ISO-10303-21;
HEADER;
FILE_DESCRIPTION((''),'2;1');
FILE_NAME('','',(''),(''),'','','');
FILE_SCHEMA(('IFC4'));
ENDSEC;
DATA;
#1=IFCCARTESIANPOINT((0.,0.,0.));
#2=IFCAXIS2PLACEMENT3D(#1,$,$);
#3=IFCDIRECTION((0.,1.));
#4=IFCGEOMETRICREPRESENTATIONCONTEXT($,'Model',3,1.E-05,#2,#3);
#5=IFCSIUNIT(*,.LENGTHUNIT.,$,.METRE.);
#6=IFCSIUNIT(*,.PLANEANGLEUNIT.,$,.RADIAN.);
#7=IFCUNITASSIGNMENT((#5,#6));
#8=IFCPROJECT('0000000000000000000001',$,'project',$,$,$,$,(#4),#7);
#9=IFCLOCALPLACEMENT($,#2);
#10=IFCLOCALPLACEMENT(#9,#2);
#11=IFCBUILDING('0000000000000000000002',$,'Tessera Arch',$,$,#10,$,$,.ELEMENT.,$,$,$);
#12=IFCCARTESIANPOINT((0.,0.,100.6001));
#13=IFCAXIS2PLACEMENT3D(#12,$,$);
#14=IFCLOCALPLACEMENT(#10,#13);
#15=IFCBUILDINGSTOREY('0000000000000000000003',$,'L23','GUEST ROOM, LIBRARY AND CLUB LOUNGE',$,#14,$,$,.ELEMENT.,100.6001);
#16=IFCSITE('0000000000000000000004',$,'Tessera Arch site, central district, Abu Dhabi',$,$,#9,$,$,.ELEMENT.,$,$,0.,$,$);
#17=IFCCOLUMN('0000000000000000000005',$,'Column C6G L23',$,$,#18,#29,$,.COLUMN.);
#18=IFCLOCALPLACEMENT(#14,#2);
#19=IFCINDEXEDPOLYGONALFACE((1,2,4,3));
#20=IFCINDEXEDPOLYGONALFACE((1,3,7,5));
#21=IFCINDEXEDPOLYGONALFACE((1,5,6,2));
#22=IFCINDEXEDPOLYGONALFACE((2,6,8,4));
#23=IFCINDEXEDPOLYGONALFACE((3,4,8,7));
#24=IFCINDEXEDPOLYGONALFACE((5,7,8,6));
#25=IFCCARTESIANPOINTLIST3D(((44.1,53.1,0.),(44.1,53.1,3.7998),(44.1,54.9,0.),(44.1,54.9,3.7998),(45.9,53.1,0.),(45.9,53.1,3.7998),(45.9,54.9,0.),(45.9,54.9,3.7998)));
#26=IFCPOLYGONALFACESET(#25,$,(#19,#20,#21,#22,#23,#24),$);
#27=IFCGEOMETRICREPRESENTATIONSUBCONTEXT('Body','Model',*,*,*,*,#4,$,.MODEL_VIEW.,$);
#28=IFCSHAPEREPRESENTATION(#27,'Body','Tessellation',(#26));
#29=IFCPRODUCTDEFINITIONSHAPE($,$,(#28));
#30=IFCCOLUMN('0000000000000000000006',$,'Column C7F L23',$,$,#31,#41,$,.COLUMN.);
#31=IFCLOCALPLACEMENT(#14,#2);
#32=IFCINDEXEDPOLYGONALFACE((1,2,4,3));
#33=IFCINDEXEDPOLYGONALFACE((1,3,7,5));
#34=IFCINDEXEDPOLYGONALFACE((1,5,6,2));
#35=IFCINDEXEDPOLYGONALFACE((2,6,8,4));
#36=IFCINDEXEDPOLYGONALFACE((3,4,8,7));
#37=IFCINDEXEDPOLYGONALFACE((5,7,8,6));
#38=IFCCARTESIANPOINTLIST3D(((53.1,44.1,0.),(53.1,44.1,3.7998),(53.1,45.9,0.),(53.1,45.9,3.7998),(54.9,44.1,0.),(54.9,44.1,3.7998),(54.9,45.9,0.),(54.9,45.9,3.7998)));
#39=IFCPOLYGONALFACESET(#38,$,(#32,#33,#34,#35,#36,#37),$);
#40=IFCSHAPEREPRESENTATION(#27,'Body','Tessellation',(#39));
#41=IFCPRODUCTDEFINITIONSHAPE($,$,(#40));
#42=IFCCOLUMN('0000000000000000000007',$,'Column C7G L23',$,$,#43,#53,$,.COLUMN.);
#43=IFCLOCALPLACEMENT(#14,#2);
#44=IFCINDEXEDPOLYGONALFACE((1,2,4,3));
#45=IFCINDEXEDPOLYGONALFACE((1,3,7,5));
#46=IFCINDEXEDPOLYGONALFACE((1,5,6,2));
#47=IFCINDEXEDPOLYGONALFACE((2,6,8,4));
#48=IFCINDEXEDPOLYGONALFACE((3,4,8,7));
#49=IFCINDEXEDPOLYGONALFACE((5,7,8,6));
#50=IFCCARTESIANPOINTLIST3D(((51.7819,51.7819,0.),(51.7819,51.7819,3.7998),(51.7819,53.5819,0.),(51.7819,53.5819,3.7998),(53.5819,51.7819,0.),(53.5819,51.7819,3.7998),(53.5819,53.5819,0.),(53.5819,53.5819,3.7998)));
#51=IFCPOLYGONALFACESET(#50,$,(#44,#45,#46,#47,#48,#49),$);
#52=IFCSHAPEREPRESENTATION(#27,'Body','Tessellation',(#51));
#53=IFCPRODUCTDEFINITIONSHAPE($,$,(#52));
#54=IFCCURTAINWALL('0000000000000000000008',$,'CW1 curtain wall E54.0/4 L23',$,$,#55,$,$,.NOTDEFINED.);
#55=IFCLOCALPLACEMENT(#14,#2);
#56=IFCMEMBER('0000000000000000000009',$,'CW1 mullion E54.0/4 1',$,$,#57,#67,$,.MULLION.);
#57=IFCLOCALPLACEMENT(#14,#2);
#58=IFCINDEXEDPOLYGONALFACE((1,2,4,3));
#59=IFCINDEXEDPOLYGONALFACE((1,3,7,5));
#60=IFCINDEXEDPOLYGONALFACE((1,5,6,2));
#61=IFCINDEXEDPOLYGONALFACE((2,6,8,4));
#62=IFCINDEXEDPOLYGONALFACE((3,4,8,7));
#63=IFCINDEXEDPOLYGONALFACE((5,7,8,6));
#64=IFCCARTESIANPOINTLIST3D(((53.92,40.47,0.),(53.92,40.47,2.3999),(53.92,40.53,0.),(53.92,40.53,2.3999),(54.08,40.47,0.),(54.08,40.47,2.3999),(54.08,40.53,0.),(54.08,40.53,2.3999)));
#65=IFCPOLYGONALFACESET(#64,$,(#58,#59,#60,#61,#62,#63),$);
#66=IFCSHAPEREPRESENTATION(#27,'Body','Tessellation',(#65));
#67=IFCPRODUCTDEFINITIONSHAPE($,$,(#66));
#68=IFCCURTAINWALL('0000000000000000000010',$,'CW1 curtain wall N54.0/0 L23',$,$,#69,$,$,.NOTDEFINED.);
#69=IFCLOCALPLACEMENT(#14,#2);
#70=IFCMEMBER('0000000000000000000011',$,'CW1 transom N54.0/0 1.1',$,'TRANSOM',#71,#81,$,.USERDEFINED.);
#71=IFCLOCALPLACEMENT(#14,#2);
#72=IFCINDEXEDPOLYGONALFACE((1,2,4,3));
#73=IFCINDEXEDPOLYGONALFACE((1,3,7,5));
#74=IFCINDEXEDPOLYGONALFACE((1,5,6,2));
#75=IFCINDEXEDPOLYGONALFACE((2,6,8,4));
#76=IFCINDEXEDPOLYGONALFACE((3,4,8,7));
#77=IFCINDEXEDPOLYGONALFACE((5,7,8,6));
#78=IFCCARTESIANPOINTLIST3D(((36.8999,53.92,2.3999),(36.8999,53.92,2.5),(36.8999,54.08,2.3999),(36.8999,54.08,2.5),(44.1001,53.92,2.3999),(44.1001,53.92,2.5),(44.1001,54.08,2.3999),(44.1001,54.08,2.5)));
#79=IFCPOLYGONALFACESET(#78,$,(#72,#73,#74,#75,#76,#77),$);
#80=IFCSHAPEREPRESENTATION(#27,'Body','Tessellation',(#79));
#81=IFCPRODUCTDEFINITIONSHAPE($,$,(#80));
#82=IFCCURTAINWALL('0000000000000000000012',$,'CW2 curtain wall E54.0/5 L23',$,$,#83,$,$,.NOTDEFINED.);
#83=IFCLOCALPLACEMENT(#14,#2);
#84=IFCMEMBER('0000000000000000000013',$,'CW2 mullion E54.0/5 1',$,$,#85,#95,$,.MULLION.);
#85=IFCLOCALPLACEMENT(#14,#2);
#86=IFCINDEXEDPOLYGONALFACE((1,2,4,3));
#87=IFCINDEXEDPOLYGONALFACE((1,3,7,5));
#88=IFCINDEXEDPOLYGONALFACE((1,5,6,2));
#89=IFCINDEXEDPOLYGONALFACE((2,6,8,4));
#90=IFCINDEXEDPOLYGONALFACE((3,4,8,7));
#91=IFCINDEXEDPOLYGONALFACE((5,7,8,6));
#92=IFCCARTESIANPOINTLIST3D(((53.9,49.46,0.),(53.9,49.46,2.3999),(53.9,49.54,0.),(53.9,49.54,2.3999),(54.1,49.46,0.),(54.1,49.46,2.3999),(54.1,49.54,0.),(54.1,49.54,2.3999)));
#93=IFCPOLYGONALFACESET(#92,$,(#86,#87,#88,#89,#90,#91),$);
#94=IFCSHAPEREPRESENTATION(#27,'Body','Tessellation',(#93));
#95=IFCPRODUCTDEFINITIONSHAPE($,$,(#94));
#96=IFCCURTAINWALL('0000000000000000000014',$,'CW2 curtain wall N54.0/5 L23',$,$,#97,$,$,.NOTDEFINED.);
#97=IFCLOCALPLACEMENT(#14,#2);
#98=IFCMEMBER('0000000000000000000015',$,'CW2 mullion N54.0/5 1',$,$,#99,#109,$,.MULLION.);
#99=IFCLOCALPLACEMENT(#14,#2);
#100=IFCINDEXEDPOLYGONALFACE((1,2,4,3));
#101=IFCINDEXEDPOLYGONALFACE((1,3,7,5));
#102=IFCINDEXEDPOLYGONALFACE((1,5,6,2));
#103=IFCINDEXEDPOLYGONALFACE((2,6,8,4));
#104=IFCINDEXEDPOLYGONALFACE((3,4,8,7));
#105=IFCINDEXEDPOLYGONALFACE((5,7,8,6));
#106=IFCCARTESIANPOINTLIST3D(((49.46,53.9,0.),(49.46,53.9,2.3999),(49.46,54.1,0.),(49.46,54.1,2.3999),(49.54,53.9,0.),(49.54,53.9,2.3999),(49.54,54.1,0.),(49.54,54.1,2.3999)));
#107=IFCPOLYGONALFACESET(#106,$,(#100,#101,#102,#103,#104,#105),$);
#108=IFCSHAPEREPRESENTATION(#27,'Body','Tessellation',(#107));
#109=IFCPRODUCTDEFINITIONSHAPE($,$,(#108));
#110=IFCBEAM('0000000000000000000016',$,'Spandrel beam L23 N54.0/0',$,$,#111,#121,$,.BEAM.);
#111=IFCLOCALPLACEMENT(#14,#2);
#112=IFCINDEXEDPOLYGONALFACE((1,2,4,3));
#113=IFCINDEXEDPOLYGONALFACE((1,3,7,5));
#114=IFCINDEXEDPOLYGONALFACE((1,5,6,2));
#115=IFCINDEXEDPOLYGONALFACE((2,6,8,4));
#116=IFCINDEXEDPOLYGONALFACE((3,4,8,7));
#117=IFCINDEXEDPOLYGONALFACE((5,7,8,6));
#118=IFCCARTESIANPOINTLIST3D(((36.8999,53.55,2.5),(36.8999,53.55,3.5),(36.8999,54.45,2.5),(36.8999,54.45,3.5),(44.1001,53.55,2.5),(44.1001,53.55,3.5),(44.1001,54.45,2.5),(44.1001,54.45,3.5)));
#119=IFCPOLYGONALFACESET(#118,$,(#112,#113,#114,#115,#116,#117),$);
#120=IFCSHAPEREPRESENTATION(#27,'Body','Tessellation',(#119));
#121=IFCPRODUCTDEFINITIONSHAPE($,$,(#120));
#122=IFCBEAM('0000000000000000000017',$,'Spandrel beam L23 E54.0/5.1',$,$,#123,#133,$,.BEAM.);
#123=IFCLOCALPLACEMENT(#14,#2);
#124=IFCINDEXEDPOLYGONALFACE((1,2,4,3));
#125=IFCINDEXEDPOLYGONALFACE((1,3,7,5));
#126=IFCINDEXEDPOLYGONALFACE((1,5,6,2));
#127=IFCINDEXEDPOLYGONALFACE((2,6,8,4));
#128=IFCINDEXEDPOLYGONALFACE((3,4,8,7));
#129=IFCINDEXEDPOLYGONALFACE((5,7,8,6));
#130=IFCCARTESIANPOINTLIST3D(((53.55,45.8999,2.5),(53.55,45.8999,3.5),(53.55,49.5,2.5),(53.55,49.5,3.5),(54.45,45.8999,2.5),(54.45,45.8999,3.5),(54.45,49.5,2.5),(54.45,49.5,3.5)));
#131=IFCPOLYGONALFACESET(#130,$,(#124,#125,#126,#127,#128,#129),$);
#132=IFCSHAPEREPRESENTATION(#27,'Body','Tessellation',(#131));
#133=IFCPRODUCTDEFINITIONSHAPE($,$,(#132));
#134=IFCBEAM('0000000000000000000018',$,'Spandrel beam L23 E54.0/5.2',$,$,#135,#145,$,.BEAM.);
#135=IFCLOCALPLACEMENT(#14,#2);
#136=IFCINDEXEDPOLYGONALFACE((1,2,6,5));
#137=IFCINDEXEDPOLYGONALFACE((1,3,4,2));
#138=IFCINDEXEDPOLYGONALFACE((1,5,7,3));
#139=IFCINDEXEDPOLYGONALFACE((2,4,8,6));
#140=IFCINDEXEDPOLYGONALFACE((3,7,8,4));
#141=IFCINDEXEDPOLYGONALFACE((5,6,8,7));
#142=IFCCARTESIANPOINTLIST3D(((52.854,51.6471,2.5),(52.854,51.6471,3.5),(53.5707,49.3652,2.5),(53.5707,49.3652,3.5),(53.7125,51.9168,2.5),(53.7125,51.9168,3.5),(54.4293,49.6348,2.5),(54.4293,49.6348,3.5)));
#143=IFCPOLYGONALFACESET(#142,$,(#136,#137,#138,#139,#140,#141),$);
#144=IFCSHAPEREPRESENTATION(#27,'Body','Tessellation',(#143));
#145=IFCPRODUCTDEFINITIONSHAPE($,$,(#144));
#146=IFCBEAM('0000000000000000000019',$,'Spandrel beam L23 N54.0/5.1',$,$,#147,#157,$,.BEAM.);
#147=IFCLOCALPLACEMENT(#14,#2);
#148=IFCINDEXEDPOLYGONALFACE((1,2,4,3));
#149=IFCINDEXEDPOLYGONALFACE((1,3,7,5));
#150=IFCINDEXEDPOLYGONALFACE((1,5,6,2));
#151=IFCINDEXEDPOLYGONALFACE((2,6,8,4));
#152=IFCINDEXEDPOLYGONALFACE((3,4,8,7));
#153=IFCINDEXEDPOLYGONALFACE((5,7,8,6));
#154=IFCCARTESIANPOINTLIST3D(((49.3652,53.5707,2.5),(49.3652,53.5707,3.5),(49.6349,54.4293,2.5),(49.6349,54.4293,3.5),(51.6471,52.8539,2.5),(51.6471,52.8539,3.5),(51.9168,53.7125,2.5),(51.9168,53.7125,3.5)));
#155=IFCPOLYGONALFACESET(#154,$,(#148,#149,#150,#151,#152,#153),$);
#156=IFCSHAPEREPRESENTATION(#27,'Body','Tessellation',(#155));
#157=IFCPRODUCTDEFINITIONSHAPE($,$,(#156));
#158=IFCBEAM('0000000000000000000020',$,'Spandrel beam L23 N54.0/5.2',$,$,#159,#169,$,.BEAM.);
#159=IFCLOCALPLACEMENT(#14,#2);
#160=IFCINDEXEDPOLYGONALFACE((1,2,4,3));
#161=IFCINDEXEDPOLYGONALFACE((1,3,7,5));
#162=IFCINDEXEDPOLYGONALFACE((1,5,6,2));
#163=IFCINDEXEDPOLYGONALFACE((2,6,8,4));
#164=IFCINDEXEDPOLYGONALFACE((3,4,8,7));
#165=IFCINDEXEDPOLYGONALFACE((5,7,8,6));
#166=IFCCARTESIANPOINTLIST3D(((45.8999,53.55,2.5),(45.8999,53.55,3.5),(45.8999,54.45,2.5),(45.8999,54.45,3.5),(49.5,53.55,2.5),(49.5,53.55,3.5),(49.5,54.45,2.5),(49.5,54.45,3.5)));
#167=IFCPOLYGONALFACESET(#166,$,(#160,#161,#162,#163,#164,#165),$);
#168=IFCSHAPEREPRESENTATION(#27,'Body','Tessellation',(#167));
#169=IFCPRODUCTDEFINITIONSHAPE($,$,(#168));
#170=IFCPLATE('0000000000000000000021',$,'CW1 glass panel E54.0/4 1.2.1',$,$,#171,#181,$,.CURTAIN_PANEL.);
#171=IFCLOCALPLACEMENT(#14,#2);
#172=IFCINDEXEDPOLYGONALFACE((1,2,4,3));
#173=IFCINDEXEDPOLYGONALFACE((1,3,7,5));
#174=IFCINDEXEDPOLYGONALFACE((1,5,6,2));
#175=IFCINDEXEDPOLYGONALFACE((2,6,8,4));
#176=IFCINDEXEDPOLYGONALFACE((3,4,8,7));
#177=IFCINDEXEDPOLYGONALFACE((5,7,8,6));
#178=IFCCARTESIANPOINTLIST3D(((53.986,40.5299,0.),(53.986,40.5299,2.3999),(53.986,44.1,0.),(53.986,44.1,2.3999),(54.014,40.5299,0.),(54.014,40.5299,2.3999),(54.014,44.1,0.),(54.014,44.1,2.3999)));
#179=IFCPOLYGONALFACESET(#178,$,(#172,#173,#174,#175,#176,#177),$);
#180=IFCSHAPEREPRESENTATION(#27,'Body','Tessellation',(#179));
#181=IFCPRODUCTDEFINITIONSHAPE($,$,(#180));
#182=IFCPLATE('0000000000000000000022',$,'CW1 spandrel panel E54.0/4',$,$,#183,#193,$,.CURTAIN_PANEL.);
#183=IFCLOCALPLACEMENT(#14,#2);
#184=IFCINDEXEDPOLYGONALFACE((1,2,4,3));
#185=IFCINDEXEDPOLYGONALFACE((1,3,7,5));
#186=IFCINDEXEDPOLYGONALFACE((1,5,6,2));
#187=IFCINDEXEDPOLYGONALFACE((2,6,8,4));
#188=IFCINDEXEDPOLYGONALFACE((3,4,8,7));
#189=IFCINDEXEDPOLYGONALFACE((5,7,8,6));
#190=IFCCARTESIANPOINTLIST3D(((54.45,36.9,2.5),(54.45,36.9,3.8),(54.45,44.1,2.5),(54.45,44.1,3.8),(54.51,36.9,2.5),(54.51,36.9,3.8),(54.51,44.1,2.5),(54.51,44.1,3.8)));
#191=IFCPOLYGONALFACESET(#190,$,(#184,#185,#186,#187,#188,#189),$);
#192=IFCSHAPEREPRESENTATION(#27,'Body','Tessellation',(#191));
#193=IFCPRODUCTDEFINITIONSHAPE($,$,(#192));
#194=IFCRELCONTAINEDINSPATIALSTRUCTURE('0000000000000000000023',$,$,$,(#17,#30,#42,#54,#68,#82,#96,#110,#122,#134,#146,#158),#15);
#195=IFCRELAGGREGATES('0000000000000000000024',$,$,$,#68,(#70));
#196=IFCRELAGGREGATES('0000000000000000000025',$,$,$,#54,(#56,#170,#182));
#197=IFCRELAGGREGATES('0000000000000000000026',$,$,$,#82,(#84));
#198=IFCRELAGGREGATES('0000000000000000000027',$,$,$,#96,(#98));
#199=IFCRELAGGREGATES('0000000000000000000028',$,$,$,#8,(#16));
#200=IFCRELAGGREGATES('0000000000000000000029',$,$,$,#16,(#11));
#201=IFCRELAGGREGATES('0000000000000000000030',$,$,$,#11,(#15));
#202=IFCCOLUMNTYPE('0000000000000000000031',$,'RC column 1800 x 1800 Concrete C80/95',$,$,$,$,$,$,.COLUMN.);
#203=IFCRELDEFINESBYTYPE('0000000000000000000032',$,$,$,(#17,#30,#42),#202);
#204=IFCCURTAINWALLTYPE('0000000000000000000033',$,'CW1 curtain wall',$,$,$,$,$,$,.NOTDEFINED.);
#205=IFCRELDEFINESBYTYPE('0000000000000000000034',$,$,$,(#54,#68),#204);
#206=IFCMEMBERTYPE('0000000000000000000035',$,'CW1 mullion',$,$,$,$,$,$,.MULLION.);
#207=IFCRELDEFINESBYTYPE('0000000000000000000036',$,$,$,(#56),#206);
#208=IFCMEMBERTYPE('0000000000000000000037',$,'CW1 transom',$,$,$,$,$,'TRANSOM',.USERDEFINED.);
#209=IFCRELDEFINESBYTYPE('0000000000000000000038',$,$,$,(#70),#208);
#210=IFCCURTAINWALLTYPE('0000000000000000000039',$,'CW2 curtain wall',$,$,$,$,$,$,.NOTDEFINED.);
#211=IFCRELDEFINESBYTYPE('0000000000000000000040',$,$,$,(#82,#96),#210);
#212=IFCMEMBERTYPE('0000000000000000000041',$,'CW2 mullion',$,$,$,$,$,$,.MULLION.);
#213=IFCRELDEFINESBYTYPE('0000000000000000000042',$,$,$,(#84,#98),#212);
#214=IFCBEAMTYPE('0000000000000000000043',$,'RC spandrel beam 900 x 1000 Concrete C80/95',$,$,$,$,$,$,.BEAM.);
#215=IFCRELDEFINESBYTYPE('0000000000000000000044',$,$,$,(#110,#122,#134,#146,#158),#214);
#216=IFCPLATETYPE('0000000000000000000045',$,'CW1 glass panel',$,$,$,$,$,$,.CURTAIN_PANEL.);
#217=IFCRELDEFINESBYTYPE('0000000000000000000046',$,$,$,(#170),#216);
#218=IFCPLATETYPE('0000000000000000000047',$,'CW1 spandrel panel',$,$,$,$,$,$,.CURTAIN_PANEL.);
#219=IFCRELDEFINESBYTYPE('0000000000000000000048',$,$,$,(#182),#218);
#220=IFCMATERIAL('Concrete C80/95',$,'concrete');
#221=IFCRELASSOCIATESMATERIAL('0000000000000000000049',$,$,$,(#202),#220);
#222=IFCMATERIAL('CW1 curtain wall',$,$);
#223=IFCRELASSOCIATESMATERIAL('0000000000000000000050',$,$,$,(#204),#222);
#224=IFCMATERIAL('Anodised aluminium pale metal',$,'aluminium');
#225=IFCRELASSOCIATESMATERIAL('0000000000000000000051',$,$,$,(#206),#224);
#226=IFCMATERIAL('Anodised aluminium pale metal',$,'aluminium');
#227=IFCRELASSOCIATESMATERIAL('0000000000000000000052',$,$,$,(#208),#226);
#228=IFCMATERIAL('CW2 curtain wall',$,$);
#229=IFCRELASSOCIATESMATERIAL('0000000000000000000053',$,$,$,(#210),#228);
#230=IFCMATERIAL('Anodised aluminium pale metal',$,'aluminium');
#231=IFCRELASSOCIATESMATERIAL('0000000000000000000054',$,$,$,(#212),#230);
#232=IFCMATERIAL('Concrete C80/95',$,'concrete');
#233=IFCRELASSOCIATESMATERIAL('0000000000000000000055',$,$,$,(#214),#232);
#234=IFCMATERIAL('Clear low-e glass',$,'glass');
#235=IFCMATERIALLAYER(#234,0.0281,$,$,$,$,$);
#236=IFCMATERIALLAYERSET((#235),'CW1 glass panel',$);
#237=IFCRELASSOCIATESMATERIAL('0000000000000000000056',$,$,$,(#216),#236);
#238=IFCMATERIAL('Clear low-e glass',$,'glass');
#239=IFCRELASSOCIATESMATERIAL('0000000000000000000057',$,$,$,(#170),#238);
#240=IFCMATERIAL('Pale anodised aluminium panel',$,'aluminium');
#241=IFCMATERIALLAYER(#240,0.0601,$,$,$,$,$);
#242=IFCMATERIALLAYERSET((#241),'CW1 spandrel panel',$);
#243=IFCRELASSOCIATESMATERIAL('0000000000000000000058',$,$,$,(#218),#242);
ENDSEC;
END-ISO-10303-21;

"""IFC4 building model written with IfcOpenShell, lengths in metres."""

from ifc_helpers import new_model, si_unit, direction, frame, origin, origin_2d, place, context, subcontext, project, spatial, rectangle, extrude, material, layer, layer_set, material_profile, profile_set, type_object, element, aggregate, save


model = new_model("IFC4")

# Units and contexts
model_context = context("Model", 3, precision=1e-05, world=origin(), true_north=direction((0.0, 1.0)))
body_context = subcontext(model_context, "Body", "Model", "MODEL_VIEW")
ifc_project = project(units=[si_unit("LENGTHUNIT", "METRE"), si_unit("PLANEANGLEUNIT", "RADIAN")], contexts=[model_context])

# Site, building, storey
site_placement = place(None, origin())
site = spatial("IfcSite", under=ifc_project, at=site_placement, Name="Tessera Arch site, central district, Abu Dhabi", CompositionType="ELEMENT", RefElevation=0.0)
building_placement = place(site_placement, origin())
building = spatial("IfcBuilding", under=site, at=building_placement, Name="Tessera Arch", CompositionType="ELEMENT")
storey_placement = place(building_placement, frame((0.0, 0.0, 100.6001)))
storey = spatial("IfcBuildingStorey", under=building, at=storey_placement, Name="L23", Description="GUEST ROOM, LIBRARY AND CLUB LOUNGE", CompositionType="ELEMENT", Elevation=100.6001)

# Columns
ifc_material_1 = material(Name="Concrete C80/95", Category="concrete")
ifc_material_profile_1 = material_profile(ifc_material_1, rectangle(XDim=1.8, YDim=1.8, at=origin_2d()), Name="RC column 1800 x 1800 Concrete C80/95")
ifc_profile_set_1 = profile_set([ifc_material_profile_1], Name="Concrete C80/95")
column_type = type_object("IfcColumnType", Name="RC column 1800 x 1800 Concrete C80/95", PredefinedType="COLUMN", material=ifc_profile_set_1)
for number, where, z_axis, x_axis, name in (
    (1, (45.0, 54.0, 0.0), (0.0, 0.0, 1.0), (1.0, 0.0, 0.0), "Column C6G L23"),
    (2, (54.0, 45.0, 0.0), (0.0, 0.0, 1.0), (1.0, 0.0, 0.0), "Column C7F L23"),
    (3, (52.6819, 52.6819, 0.0), (0.0, 0.0, 1.0), (1.0, 0.0, 0.0), "Column C7G L23"),
):
    element("IfcColumn", number, at=place(storey_placement, frame(where, z_axis=z_axis, x_axis=x_axis)), inside=storey, type_object=column_type, Name=name, PredefinedType="COLUMN", context=body_context, shape_type="SweptSolid", body=[
        extrude(rectangle(XDim=1.8, YDim=1.8, at=origin_2d()), origin(), (0.0, 0.0, 1.0), 3.7998),
    ])

# Curtain walls, members
ifc_material_2 = material(Name="CW1 curtain wall")
curtain_wall_type_1 = type_object("IfcCurtainWallType", Name="CW1 curtain wall", PredefinedType="NOTDEFINED", material=ifc_material_2)
curtain_wall_1_placement = place(storey_placement, origin())
curtain_wall_1 = element("IfcCurtainWall", 4, at=curtain_wall_1_placement, inside=storey, type_object=curtain_wall_type_1, Name="CW1 curtain wall E54.0/4 L23", PredefinedType="NOTDEFINED")
ifc_material_3 = material(Name="Anodised aluminium pale metal", Category="aluminium")
ifc_material_profile_2 = material_profile(ifc_material_3, rectangle(XDim=0.1599, YDim=0.0601, at=origin_2d()), Name="AL 60x160")
ifc_profile_set_2 = profile_set([ifc_material_profile_2], Name="Anodised aluminium pale metal")
member_type_1 = type_object("IfcMemberType", Name="CW1 mullion", PredefinedType="MULLION", material=ifc_profile_set_2)
member_1_placement = place(storey_placement, frame((54.0, 40.5, 0.0), z_axis=(0.0, 0.0, 1.0), x_axis=(-1.0, 0.0, 0.0)))
member_1 = element("IfcMember", 5, at=member_1_placement, type_object=member_type_1, Name="CW1 mullion E54.0/4 1", PredefinedType="MULLION", context=body_context, shape_type="SweptSolid", body=[
    extrude(rectangle(XDim=0.1599, YDim=0.0601, at=origin_2d()), origin(), (0.0, 0.0, 1.0), 2.3999),
])
curtain_wall_2_placement = place(storey_placement, origin())
curtain_wall_2 = element("IfcCurtainWall", 6, at=curtain_wall_2_placement, inside=storey, type_object=curtain_wall_type_1, Name="CW1 curtain wall N54.0/0 L23", PredefinedType="NOTDEFINED")
ifc_material_4 = material(Name="Anodised aluminium pale metal", Category="aluminium")
ifc_material_profile_3 = material_profile(ifc_material_4, rectangle(XDim=0.1599, YDim=0.1001, at=origin_2d()), Name="AL 160x100")
ifc_profile_set_3 = profile_set([ifc_material_profile_3], Name="Anodised aluminium pale metal")
member_type_2 = type_object("IfcMemberType", Name="CW1 transom", ElementType="TRANSOM", PredefinedType="USERDEFINED", material=ifc_profile_set_3)
member_2_placement = place(storey_placement, frame((44.1001, 54.0, 2.45), z_axis=(-1.0, 0.0, 0.0), x_axis=(0.0, -1.0, 0.0)))
member_2 = element("IfcMember", 7, at=member_2_placement, type_object=member_type_2, Name="CW1 transom N54.0/0 1.1", ObjectType="TRANSOM", PredefinedType="USERDEFINED", context=body_context, shape_type="SweptSolid", body=[
    extrude(rectangle(XDim=0.1599, YDim=0.1001, at=origin_2d()), origin(), (0.0, 0.0, 1.0), 7.2002),
])
aggregate(curtain_wall_2, [member_2])
ifc_material_5 = material(Name="CW2 curtain wall")
curtain_wall_type_2 = type_object("IfcCurtainWallType", Name="CW2 curtain wall", PredefinedType="NOTDEFINED", material=ifc_material_5)
curtain_wall_3_placement = place(storey_placement, origin())
curtain_wall_3 = element("IfcCurtainWall", 8, at=curtain_wall_3_placement, inside=storey, type_object=curtain_wall_type_2, Name="CW2 curtain wall E54.0/5 L23", PredefinedType="NOTDEFINED")
ifc_material_6 = material(Name="Anodised aluminium pale metal", Category="aluminium")
ifc_material_profile_4 = material_profile(ifc_material_6, rectangle(XDim=0.2, YDim=0.0801, at=origin_2d()), Name="AL 80x200")
ifc_profile_set_4 = profile_set([ifc_material_profile_4], Name="Anodised aluminium pale metal")
member_type_3 = type_object("IfcMemberType", Name="CW2 mullion", PredefinedType="MULLION", material=ifc_profile_set_4)
member_3_placement = place(storey_placement, frame((54.0, 49.5, 0.0), z_axis=(0.0, 0.0, 1.0), x_axis=(-1.0, 0.0, 0.0)))
member_3 = element("IfcMember", 9, at=member_3_placement, type_object=member_type_3, Name="CW2 mullion E54.0/5 1", PredefinedType="MULLION", context=body_context, shape_type="SweptSolid", body=[
    extrude(rectangle(XDim=0.2, YDim=0.0801, at=origin_2d()), origin(), (0.0, 0.0, 1.0), 2.3999),
])
curtain_wall_4_placement = place(storey_placement, origin())
curtain_wall_4 = element("IfcCurtainWall", 10, at=curtain_wall_4_placement, inside=storey, type_object=curtain_wall_type_2, Name="CW2 curtain wall N54.0/5 L23", PredefinedType="NOTDEFINED")
member_4_placement = place(storey_placement, frame((49.5, 54.0, 0.0), z_axis=(0.0, 0.0, 1.0), x_axis=(0.0, -1.0, 0.0)))
member_4 = element("IfcMember", 11, at=member_4_placement, type_object=member_type_3, Name="CW2 mullion N54.0/5 1", PredefinedType="MULLION", context=body_context, shape_type="SweptSolid", body=[
    extrude(rectangle(XDim=0.2, YDim=0.0801, at=origin_2d()), origin(), (0.0, 0.0, 1.0), 2.3999),
])

# Beams
ifc_material_7 = material(Name="Concrete C80/95", Category="concrete")
ifc_material_profile_5 = material_profile(ifc_material_7, rectangle(XDim=0.8999, YDim=1.0, at=origin_2d()), Name="RC spandrel beam 900 x 1000 Concrete C80/95")
ifc_profile_set_5 = profile_set([ifc_material_profile_5], Name="Concrete C80/95")
beam_type = type_object("IfcBeamType", Name="RC spandrel beam 900 x 1000 Concrete C80/95", PredefinedType="BEAM", material=ifc_profile_set_5)
beam_1_placement = place(storey_placement, frame((44.1001, 54.0, 3.0), z_axis=(-1.0, 0.0, 0.0), x_axis=(0.0, -1.0, 0.0)))
element("IfcBeam", 12, at=beam_1_placement, inside=storey, type_object=beam_type, Name="Spandrel beam L23 N54.0/0", PredefinedType="BEAM", context=body_context, shape_type="SweptSolid", body=[
    extrude(rectangle(XDim=0.8999, YDim=1.0, at=origin_2d()), origin(), (0.0, 0.0, 1.0), 7.2002),
])
beam_2_placement = place(storey_placement, frame((54.0, 45.8999, 3.0), z_axis=(0.0, 1.0, 0.0), x_axis=(-1.0, 0.0, 0.0)))
element("IfcBeam", 13, at=beam_2_placement, inside=storey, type_object=beam_type, Name="Spandrel beam L23 E54.0/5.1", PredefinedType="BEAM", context=body_context, shape_type="SweptSolid", body=[
    extrude(rectangle(XDim=0.8999, YDim=1.0, at=origin_2d()), origin(), (0.0, 0.0, 1.0), 3.6001),
])
for number, where, z_axis, x_axis, name in (
    (14, (54.0, 49.5, 3.0), (-0.299675, 0.954041, 0.0), (-0.954041, -0.299675, 0.0), "Spandrel beam L23 E54.0/5.2"),
    (15, (51.782, 53.2832, 3.0), (-0.954041, 0.299675, 0.0), (-0.299675, -0.954041, 0.0), "Spandrel beam L23 N54.0/5.1"),
):
    element("IfcBeam", number, at=place(storey_placement, frame(where, z_axis=z_axis, x_axis=x_axis)), inside=storey, type_object=beam_type, Name=name, PredefinedType="BEAM", context=body_context, shape_type="SweptSolid", body=[
        extrude(rectangle(XDim=0.8999, YDim=1.0, at=origin_2d()), origin(), (0.0, 0.0, 1.0), 2.3918),
    ])
beam_3_placement = place(storey_placement, frame((49.5, 54.0, 3.0), z_axis=(-1.0, 0.0, 0.0), x_axis=(0.0, -1.0, 0.0)))
element("IfcBeam", 16, at=beam_3_placement, inside=storey, type_object=beam_type, Name="Spandrel beam L23 N54.0/5.2", PredefinedType="BEAM", context=body_context, shape_type="SweptSolid", body=[
    extrude(rectangle(XDim=0.8999, YDim=1.0, at=origin_2d()), origin(), (0.0, 0.0, 1.0), 3.6001),
])

# Plates
ifc_material_8 = material(Name="Clear low-e glass", Category="glass")
ifc_material_9 = material(Name="Clear low-e glass", Category="glass")
ifc_layer_1 = layer(ifc_material_9, 0.0281)
ifc_layer_set_1 = layer_set([ifc_layer_1], Name="CW1 glass panel")
plate_type_1 = type_object("IfcPlateType", Name="CW1 glass panel", PredefinedType="CURTAIN_PANEL", material=ifc_layer_set_1)
plate_1_placement = place(storey_placement, frame((54.0, 42.3149, 0.0), z_axis=(0.0, 0.0, 1.0), x_axis=(0.0, 1.0, 0.0)))
plate_1 = element("IfcPlate", 17, at=plate_1_placement, type_object=plate_type_1, material=ifc_material_8, Name="CW1 glass panel E54.0/4 1.2.1", PredefinedType="CURTAIN_PANEL", context=body_context, shape_type="SweptSolid", body=[
    extrude(rectangle(XDim=3.5701, YDim=0.0281, at=origin_2d()), origin(), (0.0, 0.0, 1.0), 2.3999),
])
ifc_material_10 = material(Name="Pale anodised aluminium panel", Category="aluminium")
ifc_layer_2 = layer(ifc_material_10, 0.0601)
ifc_layer_set_2 = layer_set([ifc_layer_2], Name="CW1 spandrel panel")
plate_type_2 = type_object("IfcPlateType", Name="CW1 spandrel panel", PredefinedType="CURTAIN_PANEL", material=ifc_layer_set_2)
plate_2_placement = place(storey_placement, frame((54.48, 40.5, 2.5), z_axis=(0.0, 0.0, 1.0), x_axis=(0.0, 1.0, 0.0)))
plate_2 = element("IfcPlate", 18, at=plate_2_placement, type_object=plate_type_2, Name="CW1 spandrel panel E54.0/4", PredefinedType="CURTAIN_PANEL", context=body_context, shape_type="SweptSolid", body=[
    extrude(rectangle(XDim=7.2, YDim=0.0601, at=origin_2d()), origin(), (0.0, 0.0, 1.0), 1.3),
])
aggregate(curtain_wall_1, [member_1, plate_1, plate_2])
aggregate(curtain_wall_3, [member_3])
aggregate(curtain_wall_4, [member_4])

save(model, "model.ifc")
